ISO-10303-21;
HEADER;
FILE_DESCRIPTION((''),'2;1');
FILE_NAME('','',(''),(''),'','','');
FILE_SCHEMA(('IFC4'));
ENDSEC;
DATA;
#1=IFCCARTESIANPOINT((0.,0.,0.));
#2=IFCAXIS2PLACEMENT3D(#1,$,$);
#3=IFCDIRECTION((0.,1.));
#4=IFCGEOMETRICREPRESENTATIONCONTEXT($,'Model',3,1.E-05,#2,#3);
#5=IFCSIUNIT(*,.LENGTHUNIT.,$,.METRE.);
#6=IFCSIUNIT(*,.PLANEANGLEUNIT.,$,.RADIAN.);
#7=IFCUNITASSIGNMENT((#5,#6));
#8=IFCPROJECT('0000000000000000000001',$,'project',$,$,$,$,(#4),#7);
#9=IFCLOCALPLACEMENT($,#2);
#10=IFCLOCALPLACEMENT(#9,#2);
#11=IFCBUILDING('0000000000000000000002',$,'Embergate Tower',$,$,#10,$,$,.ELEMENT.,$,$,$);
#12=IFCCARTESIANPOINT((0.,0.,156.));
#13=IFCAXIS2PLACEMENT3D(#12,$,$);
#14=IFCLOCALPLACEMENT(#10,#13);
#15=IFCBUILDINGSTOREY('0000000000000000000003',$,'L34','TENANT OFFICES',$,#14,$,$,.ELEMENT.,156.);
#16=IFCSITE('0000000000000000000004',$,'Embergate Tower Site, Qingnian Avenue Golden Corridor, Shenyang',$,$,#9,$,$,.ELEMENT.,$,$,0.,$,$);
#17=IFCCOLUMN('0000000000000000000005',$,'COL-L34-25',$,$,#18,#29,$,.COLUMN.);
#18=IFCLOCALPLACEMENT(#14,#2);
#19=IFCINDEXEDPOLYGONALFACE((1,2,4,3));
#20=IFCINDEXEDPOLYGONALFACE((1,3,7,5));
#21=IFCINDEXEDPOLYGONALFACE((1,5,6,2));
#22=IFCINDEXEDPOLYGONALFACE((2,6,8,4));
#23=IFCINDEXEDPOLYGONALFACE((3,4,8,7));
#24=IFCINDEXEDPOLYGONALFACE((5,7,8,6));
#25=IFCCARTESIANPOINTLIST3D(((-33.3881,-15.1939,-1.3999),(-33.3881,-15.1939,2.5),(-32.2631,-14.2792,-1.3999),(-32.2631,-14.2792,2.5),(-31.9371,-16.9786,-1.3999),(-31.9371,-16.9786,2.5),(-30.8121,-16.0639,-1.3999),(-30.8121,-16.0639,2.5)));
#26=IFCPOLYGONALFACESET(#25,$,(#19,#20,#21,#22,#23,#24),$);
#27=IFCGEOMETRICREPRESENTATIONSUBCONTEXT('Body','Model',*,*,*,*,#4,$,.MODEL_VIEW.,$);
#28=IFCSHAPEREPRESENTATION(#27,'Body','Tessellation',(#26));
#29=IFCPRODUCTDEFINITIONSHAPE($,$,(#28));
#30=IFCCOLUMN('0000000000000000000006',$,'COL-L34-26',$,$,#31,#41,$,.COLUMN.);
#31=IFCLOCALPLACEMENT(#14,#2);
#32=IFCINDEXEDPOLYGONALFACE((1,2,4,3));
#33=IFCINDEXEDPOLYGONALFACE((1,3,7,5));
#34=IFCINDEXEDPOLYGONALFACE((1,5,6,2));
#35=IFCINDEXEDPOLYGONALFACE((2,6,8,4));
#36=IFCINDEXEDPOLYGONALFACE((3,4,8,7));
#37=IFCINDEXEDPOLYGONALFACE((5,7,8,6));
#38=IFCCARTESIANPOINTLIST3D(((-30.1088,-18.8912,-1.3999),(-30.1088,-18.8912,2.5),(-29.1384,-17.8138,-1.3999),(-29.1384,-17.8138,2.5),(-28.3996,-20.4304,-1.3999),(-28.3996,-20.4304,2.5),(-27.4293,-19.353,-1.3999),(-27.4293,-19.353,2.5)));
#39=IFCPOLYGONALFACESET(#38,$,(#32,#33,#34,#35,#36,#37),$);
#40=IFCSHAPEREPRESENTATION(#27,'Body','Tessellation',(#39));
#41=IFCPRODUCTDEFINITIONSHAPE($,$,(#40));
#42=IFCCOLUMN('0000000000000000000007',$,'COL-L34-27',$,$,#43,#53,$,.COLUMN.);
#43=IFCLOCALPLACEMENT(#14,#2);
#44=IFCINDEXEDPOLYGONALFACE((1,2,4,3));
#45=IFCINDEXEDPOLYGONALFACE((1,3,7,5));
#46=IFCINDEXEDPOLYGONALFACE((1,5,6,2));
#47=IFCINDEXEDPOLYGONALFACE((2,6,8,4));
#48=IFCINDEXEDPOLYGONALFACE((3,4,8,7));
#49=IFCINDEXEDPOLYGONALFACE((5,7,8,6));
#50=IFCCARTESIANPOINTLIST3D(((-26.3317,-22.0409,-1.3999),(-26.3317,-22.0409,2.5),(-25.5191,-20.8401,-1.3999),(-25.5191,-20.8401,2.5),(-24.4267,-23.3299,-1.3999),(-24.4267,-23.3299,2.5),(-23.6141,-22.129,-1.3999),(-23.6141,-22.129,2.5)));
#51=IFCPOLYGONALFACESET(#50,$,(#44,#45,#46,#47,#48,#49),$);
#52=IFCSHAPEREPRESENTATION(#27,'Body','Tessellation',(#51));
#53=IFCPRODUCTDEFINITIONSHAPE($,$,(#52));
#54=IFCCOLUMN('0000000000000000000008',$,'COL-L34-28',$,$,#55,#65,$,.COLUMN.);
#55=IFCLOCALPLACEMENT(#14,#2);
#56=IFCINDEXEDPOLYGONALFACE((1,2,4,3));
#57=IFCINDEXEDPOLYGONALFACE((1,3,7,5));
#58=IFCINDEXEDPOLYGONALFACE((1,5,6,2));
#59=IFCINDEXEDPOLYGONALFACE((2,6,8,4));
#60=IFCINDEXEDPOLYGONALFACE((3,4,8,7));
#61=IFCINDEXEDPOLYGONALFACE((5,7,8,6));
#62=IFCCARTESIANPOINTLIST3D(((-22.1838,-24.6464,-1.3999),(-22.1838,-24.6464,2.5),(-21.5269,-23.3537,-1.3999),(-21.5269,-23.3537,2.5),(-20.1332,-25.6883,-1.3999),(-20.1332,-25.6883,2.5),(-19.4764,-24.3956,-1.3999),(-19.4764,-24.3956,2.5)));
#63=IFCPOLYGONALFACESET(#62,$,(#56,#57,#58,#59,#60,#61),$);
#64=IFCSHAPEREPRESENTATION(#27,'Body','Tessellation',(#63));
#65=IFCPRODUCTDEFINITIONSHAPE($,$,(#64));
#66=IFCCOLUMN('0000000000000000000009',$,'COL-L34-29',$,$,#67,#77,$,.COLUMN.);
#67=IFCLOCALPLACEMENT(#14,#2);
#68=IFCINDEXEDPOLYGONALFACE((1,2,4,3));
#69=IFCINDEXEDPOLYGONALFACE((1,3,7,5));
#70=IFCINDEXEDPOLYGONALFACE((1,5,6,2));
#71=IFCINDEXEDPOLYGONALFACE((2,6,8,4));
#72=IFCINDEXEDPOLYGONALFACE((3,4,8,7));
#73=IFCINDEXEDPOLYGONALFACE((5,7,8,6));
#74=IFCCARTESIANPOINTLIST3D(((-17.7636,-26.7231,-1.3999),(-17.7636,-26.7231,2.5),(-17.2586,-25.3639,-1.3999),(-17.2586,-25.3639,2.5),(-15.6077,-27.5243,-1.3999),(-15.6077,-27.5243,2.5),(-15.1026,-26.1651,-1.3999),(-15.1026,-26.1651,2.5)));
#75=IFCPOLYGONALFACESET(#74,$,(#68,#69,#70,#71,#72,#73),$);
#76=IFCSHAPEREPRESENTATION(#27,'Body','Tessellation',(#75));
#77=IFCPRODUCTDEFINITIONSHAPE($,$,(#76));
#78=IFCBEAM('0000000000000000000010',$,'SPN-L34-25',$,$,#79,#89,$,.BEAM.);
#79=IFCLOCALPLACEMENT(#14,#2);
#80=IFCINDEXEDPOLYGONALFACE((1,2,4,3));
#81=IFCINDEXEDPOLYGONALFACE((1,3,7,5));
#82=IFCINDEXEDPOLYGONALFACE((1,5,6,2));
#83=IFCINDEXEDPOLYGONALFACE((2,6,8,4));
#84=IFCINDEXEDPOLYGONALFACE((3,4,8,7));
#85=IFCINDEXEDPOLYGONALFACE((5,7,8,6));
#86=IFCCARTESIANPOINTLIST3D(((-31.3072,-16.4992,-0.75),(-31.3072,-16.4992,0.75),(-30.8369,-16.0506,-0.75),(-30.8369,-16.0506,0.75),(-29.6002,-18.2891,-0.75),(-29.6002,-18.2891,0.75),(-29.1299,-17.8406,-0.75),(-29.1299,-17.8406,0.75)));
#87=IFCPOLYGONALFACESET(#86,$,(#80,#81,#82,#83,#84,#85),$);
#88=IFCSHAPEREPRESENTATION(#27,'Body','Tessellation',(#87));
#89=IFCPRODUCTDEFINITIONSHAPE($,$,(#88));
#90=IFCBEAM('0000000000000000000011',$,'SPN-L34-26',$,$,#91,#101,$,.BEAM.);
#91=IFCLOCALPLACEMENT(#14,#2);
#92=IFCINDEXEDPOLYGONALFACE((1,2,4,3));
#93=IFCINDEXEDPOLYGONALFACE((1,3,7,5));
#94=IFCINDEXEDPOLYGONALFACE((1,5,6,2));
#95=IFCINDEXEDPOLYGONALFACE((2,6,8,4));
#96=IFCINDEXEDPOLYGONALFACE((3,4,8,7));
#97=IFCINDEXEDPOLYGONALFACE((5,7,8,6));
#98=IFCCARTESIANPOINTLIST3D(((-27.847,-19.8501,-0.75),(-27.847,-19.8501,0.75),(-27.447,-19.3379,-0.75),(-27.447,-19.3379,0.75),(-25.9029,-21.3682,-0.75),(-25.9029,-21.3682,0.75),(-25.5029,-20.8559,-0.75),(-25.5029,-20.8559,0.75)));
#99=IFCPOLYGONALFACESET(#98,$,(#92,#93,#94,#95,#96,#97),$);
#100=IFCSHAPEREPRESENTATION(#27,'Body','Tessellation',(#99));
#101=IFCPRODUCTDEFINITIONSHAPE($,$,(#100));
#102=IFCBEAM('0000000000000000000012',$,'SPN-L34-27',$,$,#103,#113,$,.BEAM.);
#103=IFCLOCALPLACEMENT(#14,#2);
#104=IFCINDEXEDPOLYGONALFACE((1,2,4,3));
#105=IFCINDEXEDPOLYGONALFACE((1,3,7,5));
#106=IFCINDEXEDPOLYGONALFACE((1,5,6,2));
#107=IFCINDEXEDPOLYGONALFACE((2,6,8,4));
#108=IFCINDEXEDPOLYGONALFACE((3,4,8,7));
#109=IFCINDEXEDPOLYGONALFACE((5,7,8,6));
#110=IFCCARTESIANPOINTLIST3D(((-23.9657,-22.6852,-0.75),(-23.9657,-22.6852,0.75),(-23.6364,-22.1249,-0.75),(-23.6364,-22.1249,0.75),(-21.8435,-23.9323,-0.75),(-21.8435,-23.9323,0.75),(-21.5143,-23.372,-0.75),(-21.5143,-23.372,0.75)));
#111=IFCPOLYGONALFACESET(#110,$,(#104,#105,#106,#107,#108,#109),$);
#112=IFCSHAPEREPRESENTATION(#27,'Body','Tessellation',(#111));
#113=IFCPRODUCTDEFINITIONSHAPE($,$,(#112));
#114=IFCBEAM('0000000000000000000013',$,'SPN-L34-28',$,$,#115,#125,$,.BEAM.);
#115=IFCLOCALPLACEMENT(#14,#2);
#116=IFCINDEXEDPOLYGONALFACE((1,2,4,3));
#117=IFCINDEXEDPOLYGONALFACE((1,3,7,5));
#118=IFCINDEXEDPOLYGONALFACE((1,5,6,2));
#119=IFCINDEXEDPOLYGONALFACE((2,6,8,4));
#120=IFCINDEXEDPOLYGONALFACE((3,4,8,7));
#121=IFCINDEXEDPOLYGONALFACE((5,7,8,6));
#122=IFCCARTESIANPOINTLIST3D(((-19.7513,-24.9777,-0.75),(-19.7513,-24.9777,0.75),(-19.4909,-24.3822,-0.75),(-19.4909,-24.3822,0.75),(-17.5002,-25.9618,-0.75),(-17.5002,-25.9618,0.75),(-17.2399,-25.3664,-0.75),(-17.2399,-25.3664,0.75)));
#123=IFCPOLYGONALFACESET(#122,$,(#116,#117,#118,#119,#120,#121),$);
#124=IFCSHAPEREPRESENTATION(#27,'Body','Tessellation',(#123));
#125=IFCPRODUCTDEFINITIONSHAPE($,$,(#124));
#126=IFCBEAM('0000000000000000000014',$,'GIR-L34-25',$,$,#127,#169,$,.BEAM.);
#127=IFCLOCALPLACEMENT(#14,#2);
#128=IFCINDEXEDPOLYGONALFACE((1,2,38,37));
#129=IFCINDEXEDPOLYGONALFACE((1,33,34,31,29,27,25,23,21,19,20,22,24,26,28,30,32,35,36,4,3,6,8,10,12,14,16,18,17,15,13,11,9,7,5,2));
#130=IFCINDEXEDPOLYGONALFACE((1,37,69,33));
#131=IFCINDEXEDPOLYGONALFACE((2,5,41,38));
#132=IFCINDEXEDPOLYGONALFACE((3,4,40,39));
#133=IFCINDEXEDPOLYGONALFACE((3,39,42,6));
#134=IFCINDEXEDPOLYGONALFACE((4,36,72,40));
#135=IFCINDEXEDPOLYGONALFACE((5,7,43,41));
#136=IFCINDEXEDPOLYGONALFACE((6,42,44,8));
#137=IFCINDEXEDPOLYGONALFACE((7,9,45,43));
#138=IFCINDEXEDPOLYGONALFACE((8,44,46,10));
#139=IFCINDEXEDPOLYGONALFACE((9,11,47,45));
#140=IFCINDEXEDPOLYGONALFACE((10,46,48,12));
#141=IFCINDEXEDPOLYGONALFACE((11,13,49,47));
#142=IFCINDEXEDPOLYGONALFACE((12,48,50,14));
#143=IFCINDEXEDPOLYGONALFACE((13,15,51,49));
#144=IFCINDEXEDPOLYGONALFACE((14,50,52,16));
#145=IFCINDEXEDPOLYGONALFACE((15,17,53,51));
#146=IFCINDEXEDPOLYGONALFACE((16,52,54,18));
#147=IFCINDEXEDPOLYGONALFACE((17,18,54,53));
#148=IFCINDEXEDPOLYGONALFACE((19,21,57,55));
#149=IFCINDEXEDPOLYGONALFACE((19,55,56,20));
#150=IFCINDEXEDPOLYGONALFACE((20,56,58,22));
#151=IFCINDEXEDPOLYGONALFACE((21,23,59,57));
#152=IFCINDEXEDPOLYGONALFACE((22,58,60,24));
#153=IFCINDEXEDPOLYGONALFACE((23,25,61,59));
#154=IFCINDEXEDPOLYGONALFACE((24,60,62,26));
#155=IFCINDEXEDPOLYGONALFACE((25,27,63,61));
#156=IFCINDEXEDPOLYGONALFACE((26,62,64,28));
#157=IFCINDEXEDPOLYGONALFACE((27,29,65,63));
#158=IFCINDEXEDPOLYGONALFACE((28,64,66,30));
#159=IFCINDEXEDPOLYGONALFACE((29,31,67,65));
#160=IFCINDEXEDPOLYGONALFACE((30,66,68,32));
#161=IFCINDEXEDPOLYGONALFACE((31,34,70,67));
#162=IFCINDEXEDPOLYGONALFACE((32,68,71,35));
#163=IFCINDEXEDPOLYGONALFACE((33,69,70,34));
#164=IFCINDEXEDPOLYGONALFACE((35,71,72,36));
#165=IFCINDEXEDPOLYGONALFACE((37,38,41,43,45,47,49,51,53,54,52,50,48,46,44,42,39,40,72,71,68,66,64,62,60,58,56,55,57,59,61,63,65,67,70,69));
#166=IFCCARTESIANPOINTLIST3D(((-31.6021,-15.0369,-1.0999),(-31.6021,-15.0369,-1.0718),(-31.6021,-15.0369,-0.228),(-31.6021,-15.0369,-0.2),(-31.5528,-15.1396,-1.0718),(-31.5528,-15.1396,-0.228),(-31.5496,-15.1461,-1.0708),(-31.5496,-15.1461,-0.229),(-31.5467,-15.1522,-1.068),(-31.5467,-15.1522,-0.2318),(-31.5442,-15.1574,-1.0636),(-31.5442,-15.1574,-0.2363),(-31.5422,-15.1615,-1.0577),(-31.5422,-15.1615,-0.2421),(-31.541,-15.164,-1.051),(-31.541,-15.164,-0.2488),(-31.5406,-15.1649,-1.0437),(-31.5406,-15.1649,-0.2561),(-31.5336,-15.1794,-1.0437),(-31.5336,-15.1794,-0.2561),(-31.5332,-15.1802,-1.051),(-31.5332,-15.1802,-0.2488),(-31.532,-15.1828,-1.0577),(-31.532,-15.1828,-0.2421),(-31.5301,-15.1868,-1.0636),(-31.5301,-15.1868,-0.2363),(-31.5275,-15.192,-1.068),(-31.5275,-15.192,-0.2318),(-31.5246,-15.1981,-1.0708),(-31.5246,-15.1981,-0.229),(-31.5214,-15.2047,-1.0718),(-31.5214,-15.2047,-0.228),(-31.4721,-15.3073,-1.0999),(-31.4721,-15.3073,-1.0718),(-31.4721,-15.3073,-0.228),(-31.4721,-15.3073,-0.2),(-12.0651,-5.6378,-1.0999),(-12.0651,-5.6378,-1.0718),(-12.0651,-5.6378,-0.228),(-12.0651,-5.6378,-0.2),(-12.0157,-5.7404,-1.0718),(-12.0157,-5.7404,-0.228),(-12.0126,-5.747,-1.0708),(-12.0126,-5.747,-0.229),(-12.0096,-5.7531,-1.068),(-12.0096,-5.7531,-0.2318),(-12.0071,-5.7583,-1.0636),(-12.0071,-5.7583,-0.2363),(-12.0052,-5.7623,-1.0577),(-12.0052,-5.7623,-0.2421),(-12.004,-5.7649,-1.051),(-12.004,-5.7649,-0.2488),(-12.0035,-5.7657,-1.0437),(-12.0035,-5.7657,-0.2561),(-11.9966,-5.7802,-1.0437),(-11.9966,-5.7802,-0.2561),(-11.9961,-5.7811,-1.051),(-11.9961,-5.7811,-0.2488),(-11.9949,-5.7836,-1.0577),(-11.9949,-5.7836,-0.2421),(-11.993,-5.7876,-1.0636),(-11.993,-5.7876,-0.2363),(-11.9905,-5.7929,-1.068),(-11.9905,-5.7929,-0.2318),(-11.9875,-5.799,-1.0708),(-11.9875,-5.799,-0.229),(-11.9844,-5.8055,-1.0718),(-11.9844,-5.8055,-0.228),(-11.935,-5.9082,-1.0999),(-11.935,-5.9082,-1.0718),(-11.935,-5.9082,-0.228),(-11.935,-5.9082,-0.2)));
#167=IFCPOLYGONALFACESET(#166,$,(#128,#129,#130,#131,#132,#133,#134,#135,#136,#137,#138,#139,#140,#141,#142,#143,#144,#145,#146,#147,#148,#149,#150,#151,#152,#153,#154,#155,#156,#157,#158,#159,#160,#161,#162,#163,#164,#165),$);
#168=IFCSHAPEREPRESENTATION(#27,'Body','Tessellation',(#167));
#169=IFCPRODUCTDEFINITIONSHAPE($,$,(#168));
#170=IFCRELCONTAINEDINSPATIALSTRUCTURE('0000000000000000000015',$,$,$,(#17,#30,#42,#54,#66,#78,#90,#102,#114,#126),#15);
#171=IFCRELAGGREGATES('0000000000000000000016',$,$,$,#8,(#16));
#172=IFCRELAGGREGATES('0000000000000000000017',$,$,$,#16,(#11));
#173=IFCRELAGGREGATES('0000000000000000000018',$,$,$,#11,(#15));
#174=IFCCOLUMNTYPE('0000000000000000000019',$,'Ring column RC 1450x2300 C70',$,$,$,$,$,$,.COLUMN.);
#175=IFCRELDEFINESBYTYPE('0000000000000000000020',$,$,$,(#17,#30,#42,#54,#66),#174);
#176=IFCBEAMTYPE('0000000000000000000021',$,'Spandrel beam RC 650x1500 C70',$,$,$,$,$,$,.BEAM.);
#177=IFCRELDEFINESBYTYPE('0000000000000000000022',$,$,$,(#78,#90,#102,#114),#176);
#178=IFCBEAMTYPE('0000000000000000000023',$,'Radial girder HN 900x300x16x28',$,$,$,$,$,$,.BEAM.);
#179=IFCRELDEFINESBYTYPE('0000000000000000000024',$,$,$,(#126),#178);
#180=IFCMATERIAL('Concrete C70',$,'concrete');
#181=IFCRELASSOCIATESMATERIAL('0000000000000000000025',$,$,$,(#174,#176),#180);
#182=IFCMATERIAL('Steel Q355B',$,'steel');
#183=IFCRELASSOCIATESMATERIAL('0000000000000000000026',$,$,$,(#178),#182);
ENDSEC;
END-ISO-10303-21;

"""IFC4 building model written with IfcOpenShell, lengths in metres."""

from ifc_helpers import new_model, si_unit, direction, frame, origin, origin_2d, place, context, subcontext, project, spatial, rectangle, i_section, extrude, source, transform, mapped, material, material_profile, profile_set, type_object, element, save


model = new_model("IFC4")

# Units and contexts
model_context = context("Model", 3, precision=1e-05, world=origin(), true_north=direction((0.0, 1.0)))
body_context = subcontext(model_context, "Body", "Model", "MODEL_VIEW")
ifc_project = project(units=[si_unit("LENGTHUNIT", "METRE"), si_unit("PLANEANGLEUNIT", "RADIAN")], contexts=[model_context])

# Site, building, storey
site_placement = place(None, origin())
site = spatial("IfcSite", under=ifc_project, at=site_placement, Name="Embergate Tower Site, Qingnian Avenue Golden Corridor, Shenyang", CompositionType="ELEMENT", RefElevation=0.0)
building_placement = place(site_placement, origin())
building = spatial("IfcBuilding", under=site, at=building_placement, Name="Embergate Tower", CompositionType="ELEMENT")
storey_placement = place(building_placement, frame((0.0, 0.0, 156.0)))
storey = spatial("IfcBuildingStorey", under=building, at=storey_placement, Name="L34", Description="TENANT OFFICES", CompositionType="ELEMENT", Elevation=156.0)

# Columns
ifc_material_1 = material(Name="Concrete C70", Category="concrete")
ifc_material_profile_1 = material_profile(ifc_material_1, rectangle(XDim=1.45, YDim=2.3, at=origin_2d()), Name="RC 1450x2300")
ifc_profile_set_1 = profile_set([ifc_material_profile_1], Name="Concrete C70")
column_type = type_object("IfcColumnType", Name="Ring column RC 1450x2300 C70", PredefinedType="COLUMN", material=ifc_profile_set_1)
shared_shape_1 = source(origin(), body_context, "Body", "SweptSolid", [
    extrude(rectangle(XDim=1.45, YDim=2.3, at=origin_2d()), origin(), (0.0, 0.0, 1.0), 3.8999),
])
for number, where, z_axis, x_axis, name in (
    (1, (-32.1001, -15.6289, -1.3999), (0.0, 0.0, 1.0), (-0.775914, -0.630838, 0.0), "COL-L34-25"),
    (2, (-28.769, -19.1221, -1.3999), (0.0, 0.0, 1.0), (-0.669208, -0.743075, 0.0), "COL-L34-26"),
    (3, (-24.9729, -22.085, -1.3999), (0.0, 0.0, 1.0), (-0.560393, -0.828227, 0.0), "COL-L34-27"),
    (4, (-20.8301, -24.521, -1.3999), (0.0, 0.0, 1.0), (-0.452995, -0.891513, 0.0), "COL-L34-28"),
    (5, (-16.4331, -26.4441, -1.3999), (0.0, 0.0, 1.0), (-0.348343, -0.937367, 0.0), "COL-L34-29"),
):
    element("IfcColumn", number, at=place(storey_placement, frame(where, z_axis=z_axis, x_axis=x_axis)), inside=storey, type_object=column_type, Name=name, PredefinedType="COLUMN", context=body_context, shape_type="MappedRepresentation", body=[
        mapped(shared_shape_1, transform((0.0, 0.0, 0.0))),
    ])

# Beams
ifc_material_profile_2 = material_profile(ifc_material_1, rectangle(XDim=0.6499, YDim=1.5, at=origin_2d()), Name="RC 650x1500")
ifc_profile_set_2 = profile_set([ifc_material_profile_2], Name="Concrete C70")
beam_type_1 = type_object("IfcBeamType", Name="Spandrel beam RC 650x1500 C70", PredefinedType="BEAM", material=ifc_profile_set_2)
shared_shape_2 = source(origin(), body_context, "Body", "SweptSolid", [
    extrude(rectangle(XDim=0.6499, YDim=1.5, at=origin_2d()), origin(), (0.0, 0.0, 1.0), 2.4734),
])
beam_1_placement = place(storey_placement, frame((-31.072, -16.2749, 0.0), z_axis=(0.690128, -0.723687, 0.0), x_axis=(0.723687, 0.690128, 0.0)))
element("IfcBeam", 6, at=beam_1_placement, inside=storey, type_object=beam_type_1, Name="SPN-L34-25", PredefinedType="BEAM", context=body_context, shape_type="MappedRepresentation", body=[
    mapped(shared_shape_2, transform((0.0, 0.0, 0.0))),
])
shared_shape_3 = source(origin(), body_context, "Body", "SweptSolid", [
    extrude(rectangle(XDim=0.6499, YDim=1.5, at=origin_2d()), origin(), (0.0, 0.0, 1.0), 2.4666),
])
beam_2_placement = place(storey_placement, frame((-27.647, -19.594, 0.0), z_axis=(0.788173, -0.615454, 0.0), x_axis=(0.615454, 0.788173, 0.0)))
element("IfcBeam", 7, at=beam_2_placement, inside=storey, type_object=beam_type_1, Name="SPN-L34-26", PredefinedType="BEAM", context=body_context, shape_type="MappedRepresentation", body=[
    mapped(shared_shape_3, transform((0.0, 0.0, 0.0))),
])
shared_shape_4 = source(origin(), body_context, "Body", "SweptSolid", [
    extrude(rectangle(XDim=0.6499, YDim=1.5, at=origin_2d()), origin(), (0.0, 0.0, 1.0), 2.4614),
])
beam_3_placement = place(storey_placement, frame((-23.801, -22.405, 0.0), z_axis=(0.862148, -0.506656, 0.0), x_axis=(0.506656, 0.862148, 0.0)))
element("IfcBeam", 8, at=beam_3_placement, inside=storey, type_object=beam_type_1, Name="SPN-L34-27", PredefinedType="BEAM", context=body_context, shape_type="MappedRepresentation", body=[
    mapped(shared_shape_4, transform((0.0, 0.0, 0.0))),
])
shared_shape_5 = source(origin(), body_context, "Body", "SweptSolid", [
    extrude(rectangle(XDim=0.6499, YDim=1.5, at=origin_2d()), origin(), (0.0, 0.0, 1.0), 2.4568),
])
beam_4_placement = place(storey_placement, frame((-19.6211, -24.6799, 0.0), z_axis=(0.916258, -0.400589, 0.0), x_axis=(0.400589, 0.916258, 0.0)))
element("IfcBeam", 9, at=beam_4_placement, inside=storey, type_object=beam_type_1, Name="SPN-L34-28", PredefinedType="BEAM", context=body_context, shape_type="MappedRepresentation", body=[
    mapped(shared_shape_5, transform((0.0, 0.0, 0.0))),
])
ifc_material_2 = material(Name="Steel Q355B", Category="steel")
ifc_material_profile_3 = material_profile(ifc_material_2, i_section(OverallWidth=0.3, OverallDepth=0.8999, WebThickness=0.0161, FlangeThickness=0.0281, FilletRadius=0.0281, at=origin_2d()), Name="HN 900x300x16x28")
ifc_profile_set_3 = profile_set([ifc_material_profile_3], Name="Steel Q355 grade B")
beam_type_2 = type_object("IfcBeamType", Name="Radial girder HN 900x300x16x28", PredefinedType="BEAM", material=ifc_profile_set_3)
shared_shape_6 = source(origin(), body_context, "Body", "SweptSolid", [
    extrude(i_section(OverallWidth=0.3, OverallDepth=0.8999, WebThickness=0.0161, FlangeThickness=0.0281, FilletRadius=0.0281, at=origin_2d()), origin(), (0.0, 0.0, 1.0), 21.6804),
])
beam_5_placement = place(storey_placement, frame((-31.5371, -15.1721, -0.6499), z_axis=(0.901138, 0.433532, 0.0), x_axis=(-0.433532, 0.901138, 0.0)))
element("IfcBeam", 10, at=beam_5_placement, inside=storey, type_object=beam_type_2, Name="GIR-L34-25", PredefinedType="BEAM", context=body_context, shape_type="MappedRepresentation", body=[
    mapped(shared_shape_6, transform((0.0, 0.0, 0.0))),
])

save(model, "model.ifc")
